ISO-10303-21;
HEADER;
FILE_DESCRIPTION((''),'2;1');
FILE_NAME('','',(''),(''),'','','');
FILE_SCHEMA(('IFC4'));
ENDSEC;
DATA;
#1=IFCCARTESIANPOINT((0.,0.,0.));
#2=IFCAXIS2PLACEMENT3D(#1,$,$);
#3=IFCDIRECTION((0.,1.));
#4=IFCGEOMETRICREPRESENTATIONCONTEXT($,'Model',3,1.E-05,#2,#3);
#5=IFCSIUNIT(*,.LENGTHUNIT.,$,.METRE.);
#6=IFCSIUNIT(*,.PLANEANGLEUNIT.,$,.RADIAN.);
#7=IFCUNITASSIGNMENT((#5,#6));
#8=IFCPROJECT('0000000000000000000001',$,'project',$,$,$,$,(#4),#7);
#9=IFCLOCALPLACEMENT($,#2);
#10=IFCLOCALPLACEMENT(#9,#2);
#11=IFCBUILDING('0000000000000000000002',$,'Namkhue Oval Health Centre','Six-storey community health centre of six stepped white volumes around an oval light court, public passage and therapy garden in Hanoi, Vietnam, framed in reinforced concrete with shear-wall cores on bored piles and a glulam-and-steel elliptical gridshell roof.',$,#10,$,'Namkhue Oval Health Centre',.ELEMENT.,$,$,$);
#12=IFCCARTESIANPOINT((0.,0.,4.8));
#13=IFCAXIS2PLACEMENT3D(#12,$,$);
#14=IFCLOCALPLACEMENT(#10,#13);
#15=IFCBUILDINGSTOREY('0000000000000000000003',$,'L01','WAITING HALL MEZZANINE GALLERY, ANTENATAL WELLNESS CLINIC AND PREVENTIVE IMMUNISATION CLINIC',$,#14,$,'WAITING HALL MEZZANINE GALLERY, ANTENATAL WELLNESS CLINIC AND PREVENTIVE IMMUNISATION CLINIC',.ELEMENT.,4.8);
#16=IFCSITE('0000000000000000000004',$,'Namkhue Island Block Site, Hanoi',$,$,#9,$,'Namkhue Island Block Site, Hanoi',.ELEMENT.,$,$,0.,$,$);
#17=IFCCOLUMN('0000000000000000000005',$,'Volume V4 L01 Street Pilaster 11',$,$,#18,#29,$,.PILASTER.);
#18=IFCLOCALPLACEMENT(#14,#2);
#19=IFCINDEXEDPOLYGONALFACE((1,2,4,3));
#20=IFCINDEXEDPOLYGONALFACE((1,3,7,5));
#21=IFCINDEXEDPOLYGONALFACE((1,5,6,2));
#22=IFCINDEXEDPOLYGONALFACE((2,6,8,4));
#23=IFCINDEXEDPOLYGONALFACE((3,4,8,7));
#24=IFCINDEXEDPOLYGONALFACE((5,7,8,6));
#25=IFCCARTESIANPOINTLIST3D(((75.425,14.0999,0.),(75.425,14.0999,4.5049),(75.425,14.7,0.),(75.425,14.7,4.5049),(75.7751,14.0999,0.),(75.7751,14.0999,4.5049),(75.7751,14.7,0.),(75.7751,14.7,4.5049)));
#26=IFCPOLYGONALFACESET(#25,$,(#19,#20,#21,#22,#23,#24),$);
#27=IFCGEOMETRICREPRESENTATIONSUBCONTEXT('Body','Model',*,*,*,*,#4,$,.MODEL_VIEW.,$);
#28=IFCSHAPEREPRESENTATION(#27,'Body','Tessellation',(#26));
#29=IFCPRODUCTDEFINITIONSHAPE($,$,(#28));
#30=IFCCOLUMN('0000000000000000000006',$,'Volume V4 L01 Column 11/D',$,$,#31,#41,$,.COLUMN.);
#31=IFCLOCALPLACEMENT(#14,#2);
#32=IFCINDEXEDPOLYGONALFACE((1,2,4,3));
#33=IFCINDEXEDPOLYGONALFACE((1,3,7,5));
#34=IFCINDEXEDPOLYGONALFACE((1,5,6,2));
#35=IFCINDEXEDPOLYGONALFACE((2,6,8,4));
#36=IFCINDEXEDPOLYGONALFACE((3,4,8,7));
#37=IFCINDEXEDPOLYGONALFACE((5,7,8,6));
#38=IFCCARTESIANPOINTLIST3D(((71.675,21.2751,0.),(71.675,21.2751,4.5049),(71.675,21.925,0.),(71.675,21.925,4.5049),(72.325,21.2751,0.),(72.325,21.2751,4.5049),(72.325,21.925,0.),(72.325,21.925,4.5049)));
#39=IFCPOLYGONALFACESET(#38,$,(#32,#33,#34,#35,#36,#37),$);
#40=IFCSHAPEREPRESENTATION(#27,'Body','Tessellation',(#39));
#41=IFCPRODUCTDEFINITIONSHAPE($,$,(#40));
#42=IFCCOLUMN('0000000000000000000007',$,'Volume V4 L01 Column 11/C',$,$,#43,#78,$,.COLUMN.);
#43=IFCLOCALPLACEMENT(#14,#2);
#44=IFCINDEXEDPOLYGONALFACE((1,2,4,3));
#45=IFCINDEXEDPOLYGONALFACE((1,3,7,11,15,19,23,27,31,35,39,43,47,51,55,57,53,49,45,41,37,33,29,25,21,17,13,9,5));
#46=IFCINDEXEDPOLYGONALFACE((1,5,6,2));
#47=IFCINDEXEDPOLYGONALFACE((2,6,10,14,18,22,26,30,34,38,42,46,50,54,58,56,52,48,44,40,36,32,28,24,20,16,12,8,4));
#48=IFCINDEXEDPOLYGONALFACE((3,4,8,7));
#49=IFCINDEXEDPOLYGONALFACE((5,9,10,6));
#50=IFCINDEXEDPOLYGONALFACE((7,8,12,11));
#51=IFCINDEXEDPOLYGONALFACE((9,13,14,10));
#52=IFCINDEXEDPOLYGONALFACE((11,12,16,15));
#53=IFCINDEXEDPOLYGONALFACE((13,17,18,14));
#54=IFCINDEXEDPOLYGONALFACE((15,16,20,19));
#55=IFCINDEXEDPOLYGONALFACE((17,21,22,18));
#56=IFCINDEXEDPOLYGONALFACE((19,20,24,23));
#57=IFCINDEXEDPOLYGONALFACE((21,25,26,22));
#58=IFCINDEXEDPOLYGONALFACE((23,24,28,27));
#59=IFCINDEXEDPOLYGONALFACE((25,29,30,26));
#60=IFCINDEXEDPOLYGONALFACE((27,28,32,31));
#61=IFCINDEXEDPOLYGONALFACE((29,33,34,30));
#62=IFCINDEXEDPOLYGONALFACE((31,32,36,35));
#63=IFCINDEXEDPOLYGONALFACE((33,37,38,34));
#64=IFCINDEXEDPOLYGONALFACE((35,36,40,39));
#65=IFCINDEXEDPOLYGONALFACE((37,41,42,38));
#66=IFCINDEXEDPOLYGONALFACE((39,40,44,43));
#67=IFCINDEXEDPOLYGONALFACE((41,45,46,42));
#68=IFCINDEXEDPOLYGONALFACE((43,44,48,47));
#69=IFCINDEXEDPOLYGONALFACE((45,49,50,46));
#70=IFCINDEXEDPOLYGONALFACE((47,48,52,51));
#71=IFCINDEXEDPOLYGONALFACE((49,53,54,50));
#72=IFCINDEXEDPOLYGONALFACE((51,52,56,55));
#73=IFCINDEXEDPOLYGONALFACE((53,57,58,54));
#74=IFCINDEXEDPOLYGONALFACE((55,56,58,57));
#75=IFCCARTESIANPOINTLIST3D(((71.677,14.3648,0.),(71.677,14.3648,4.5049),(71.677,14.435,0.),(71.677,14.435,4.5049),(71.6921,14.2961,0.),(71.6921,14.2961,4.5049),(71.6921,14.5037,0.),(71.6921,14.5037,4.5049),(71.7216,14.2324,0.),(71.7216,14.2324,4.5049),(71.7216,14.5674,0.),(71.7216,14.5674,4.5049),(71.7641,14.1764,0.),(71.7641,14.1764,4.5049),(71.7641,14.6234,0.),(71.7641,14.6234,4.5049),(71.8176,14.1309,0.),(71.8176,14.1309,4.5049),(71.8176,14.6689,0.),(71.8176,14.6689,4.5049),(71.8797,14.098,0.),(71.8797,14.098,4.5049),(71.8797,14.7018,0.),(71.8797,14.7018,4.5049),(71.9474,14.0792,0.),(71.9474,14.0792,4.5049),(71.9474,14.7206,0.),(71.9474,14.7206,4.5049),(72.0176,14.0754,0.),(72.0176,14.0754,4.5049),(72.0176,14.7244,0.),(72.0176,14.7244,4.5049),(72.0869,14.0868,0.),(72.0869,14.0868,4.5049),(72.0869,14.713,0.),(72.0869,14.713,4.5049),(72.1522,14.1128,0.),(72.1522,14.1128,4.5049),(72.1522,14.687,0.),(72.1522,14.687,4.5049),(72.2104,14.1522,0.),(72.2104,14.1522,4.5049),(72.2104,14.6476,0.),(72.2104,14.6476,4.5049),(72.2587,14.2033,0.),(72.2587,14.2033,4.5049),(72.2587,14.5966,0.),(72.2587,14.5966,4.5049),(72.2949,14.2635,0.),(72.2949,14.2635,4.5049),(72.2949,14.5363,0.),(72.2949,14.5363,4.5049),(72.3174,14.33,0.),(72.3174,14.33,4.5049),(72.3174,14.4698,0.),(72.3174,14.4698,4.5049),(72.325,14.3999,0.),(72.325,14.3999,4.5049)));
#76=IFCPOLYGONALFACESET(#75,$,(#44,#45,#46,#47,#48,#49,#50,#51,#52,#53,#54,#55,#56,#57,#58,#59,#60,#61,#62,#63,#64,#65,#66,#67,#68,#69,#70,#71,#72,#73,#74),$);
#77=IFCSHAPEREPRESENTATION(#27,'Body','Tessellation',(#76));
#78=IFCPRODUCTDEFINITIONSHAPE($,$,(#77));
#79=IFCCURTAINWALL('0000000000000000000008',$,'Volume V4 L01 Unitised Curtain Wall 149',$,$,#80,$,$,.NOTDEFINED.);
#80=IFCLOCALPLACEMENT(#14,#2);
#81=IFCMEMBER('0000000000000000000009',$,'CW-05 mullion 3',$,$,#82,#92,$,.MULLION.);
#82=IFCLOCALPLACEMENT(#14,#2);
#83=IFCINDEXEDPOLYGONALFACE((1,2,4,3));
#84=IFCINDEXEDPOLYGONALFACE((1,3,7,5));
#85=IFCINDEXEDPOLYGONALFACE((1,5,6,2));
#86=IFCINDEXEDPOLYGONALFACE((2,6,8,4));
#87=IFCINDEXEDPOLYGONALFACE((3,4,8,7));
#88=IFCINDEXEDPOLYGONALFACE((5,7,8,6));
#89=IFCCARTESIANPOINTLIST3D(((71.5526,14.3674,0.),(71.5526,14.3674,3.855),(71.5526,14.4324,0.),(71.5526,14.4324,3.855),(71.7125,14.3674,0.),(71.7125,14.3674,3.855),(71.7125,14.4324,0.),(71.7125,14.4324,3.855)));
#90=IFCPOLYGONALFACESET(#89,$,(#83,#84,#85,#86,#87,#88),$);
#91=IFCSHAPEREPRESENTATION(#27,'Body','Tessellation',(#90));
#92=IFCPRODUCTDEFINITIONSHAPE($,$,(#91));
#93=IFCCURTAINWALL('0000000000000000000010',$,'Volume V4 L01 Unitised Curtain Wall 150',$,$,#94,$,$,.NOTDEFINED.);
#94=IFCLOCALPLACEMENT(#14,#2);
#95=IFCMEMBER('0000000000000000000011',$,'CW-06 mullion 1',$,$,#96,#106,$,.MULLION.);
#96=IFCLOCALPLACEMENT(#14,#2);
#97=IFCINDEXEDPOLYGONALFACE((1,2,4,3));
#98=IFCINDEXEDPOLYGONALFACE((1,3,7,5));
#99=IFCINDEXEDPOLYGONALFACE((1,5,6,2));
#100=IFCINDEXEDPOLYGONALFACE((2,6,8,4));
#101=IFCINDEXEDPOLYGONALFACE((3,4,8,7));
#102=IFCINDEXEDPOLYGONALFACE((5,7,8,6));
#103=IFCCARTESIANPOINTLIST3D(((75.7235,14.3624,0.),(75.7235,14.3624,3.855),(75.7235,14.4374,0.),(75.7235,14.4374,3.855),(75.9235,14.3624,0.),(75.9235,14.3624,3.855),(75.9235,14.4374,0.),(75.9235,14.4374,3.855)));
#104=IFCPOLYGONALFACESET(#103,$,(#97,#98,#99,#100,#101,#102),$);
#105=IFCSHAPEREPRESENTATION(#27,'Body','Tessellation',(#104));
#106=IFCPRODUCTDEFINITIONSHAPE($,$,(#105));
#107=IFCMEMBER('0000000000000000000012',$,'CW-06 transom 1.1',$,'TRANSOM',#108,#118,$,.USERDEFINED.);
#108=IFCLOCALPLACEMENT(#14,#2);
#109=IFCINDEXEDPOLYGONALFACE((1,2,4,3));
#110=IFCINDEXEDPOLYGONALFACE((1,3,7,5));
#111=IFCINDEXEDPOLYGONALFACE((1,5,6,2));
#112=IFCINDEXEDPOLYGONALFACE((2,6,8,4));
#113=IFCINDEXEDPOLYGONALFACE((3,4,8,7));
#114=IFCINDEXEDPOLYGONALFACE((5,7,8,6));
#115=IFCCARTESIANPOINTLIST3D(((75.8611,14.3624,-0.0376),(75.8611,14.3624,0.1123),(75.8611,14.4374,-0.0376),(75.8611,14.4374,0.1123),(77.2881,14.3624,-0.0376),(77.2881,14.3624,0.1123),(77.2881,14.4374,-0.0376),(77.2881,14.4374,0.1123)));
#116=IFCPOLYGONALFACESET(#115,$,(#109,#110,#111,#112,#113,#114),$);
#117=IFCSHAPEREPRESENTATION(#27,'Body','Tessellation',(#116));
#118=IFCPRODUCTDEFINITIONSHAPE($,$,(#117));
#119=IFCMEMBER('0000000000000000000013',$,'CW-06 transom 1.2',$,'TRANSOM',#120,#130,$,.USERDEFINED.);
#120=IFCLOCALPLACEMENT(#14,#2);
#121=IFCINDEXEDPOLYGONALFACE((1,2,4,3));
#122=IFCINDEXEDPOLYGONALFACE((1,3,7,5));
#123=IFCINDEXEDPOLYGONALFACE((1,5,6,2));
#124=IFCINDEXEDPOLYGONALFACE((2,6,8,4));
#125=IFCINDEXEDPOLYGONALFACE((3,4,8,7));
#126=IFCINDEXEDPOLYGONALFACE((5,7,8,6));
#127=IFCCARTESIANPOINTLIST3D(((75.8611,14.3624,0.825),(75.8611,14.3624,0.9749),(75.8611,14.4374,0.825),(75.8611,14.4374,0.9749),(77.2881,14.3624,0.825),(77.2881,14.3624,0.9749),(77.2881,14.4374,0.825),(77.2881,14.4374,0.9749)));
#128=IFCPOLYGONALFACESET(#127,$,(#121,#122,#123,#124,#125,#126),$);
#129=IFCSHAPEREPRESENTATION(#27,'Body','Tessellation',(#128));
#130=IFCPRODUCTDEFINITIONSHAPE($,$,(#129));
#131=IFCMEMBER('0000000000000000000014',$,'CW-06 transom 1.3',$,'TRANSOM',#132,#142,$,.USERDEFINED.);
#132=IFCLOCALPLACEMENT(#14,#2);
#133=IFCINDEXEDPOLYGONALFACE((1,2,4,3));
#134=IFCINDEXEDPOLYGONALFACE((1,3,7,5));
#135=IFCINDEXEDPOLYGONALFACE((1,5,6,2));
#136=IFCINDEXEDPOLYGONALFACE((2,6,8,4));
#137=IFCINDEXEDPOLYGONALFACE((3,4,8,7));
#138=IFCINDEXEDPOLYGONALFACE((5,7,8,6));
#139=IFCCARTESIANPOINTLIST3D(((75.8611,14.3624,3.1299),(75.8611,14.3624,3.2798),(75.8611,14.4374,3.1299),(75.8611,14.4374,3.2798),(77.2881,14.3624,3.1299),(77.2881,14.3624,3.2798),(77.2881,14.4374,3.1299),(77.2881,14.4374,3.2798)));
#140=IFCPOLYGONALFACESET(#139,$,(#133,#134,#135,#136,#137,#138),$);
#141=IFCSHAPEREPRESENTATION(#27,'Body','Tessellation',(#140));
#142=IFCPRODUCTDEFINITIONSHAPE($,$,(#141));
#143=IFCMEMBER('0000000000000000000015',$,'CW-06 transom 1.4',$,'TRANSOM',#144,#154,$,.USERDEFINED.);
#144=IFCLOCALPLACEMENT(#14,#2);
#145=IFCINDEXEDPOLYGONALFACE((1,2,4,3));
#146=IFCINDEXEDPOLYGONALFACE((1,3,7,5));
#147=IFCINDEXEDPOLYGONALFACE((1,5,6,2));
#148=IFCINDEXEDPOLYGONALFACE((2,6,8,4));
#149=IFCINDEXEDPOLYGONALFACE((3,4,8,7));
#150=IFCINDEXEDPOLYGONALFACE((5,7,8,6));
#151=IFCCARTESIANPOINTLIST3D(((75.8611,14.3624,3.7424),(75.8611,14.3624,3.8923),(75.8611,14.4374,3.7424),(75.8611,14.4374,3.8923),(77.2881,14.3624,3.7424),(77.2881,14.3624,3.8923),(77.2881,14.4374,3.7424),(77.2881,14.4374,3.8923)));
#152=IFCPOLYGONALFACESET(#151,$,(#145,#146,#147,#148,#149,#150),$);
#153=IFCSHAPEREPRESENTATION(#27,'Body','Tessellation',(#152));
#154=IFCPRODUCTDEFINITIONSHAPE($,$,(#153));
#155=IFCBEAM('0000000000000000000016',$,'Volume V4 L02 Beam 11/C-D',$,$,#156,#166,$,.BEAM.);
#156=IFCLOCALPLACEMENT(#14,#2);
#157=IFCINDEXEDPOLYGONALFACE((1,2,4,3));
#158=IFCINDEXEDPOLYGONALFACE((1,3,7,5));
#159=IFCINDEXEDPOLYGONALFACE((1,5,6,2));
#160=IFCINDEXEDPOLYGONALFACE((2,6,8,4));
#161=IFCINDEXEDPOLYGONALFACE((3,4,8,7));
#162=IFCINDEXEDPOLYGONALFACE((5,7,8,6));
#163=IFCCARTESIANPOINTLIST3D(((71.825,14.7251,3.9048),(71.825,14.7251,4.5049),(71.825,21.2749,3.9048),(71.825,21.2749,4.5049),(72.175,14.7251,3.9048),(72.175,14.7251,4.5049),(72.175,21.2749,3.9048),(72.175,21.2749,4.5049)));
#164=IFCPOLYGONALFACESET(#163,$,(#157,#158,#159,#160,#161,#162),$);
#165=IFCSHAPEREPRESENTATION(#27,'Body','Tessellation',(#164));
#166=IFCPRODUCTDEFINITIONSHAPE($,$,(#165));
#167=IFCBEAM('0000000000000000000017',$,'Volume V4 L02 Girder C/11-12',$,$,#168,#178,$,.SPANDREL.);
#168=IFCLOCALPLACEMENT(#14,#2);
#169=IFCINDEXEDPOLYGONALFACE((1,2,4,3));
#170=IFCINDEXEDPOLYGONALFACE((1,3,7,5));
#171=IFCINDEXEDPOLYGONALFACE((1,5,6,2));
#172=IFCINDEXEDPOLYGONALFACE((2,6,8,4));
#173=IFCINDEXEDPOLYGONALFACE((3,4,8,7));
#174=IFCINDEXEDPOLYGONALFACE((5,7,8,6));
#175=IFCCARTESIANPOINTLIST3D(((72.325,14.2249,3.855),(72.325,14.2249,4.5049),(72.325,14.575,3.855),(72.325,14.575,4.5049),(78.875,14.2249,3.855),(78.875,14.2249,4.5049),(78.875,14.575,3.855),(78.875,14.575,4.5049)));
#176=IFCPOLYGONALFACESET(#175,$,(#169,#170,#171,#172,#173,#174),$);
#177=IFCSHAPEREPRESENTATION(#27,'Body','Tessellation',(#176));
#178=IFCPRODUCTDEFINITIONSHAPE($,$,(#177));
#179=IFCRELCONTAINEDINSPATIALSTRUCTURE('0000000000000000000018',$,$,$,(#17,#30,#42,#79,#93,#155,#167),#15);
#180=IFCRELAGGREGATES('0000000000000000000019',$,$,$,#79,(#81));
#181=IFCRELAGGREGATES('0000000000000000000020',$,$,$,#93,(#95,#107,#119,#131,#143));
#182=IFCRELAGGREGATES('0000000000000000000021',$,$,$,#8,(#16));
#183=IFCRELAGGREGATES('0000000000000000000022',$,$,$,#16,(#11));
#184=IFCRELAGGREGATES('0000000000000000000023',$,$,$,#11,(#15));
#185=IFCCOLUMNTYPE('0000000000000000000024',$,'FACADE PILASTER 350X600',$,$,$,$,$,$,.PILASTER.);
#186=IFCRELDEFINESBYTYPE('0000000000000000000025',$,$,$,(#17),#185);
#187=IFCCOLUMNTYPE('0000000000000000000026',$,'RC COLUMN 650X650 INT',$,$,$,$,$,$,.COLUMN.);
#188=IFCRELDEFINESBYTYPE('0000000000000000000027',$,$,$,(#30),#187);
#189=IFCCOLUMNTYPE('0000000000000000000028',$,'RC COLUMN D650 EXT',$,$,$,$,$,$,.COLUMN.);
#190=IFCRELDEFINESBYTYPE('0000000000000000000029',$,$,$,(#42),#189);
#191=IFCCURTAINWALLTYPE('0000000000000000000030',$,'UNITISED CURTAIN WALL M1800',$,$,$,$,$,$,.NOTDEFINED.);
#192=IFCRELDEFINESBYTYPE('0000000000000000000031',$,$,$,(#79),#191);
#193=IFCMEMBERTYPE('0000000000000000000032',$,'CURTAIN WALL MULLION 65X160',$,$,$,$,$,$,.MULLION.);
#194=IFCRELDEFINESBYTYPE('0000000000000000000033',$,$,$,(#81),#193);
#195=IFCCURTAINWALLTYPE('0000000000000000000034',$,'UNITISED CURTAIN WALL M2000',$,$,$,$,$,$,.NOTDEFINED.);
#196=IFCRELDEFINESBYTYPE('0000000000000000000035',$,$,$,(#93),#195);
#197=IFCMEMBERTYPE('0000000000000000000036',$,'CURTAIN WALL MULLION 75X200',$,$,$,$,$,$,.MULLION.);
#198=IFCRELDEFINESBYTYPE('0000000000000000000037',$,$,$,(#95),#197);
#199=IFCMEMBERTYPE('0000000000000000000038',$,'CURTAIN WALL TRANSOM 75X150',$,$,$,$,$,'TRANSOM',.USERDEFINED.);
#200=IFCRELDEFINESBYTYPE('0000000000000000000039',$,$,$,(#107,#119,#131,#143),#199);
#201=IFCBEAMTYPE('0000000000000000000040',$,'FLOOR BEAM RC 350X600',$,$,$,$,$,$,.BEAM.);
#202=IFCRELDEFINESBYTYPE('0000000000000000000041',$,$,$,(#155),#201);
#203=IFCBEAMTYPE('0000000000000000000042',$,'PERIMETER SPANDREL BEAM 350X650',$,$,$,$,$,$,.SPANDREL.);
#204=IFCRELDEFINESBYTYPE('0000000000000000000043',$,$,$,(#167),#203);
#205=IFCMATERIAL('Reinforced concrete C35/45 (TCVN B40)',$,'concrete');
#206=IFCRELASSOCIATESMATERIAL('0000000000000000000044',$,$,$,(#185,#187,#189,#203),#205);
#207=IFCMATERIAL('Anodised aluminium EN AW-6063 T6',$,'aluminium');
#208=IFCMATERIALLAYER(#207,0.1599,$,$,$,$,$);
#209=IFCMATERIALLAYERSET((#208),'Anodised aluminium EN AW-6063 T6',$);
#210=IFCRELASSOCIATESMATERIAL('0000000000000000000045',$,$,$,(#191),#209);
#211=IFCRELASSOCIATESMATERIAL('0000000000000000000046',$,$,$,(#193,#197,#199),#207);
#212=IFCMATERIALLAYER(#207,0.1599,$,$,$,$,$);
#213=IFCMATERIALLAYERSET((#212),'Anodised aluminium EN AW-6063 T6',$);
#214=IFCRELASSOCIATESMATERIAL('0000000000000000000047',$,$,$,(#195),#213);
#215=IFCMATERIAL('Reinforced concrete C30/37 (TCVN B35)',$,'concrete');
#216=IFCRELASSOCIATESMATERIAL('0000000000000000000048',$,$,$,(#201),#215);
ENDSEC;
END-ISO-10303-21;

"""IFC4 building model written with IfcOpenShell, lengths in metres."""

from ifc_helpers import new_model, si_unit, direction, frame, origin, origin_2d, place, context, subcontext, project, spatial, rectangle, circle, extrude, material, layer, layer_set, material_profile, profile_set, type_object, element, aggregate, save


model = new_model("IFC4")

# Units and contexts
model_context = context("Model", 3, precision=1e-05, world=origin(), true_north=direction((0.0, 1.0)))
body_context = subcontext(model_context, "Body", "Model", "MODEL_VIEW")
ifc_project = project(units=[si_unit("LENGTHUNIT", "METRE"), si_unit("PLANEANGLEUNIT", "RADIAN")], contexts=[model_context])

# Site, building, storey
site_placement = place(None, origin())
site = spatial("IfcSite", under=ifc_project, at=site_placement, Name="Namkhue Island Block Site, Hanoi", LongName="Namkhue Island Block Site, Hanoi", CompositionType="ELEMENT", RefElevation=0.0)
building_placement = place(site_placement, origin())
building = spatial("IfcBuilding", under=site, at=building_placement, Name="Namkhue Oval Health Centre", Description="Six-storey community health centre of six stepped white volumes around an oval light court, public passage and therapy garden in Hanoi, Vietnam, framed in reinforced concrete with shear-wall cores on bored piles and a glulam-and-steel elliptical gridshell roof.", LongName="Namkhue Oval Health Centre", CompositionType="ELEMENT")
storey_placement = place(building_placement, frame((0.0, 0.0, 4.8)))
storey = spatial("IfcBuildingStorey", under=building, at=storey_placement, Name="L01", Description="WAITING HALL MEZZANINE GALLERY, ANTENATAL WELLNESS CLINIC AND PREVENTIVE IMMUNISATION CLINIC", LongName="WAITING HALL MEZZANINE GALLERY, ANTENATAL WELLNESS CLINIC AND PREVENTIVE IMMUNISATION CLINIC", CompositionType="ELEMENT", Elevation=4.8)

# Columns
ifc_material_1 = material(Name="Reinforced concrete C35/45 (TCVN B40)", Category="concrete")
ifc_material_profile_1 = material_profile(ifc_material_1, rectangle(XDim=0.3501, YDim=0.6001, at=origin_2d()), Name="RC 350x600")
ifc_profile_set_1 = profile_set([ifc_material_profile_1], Name="Reinforced concrete C35/45 (TCVN B40)")
column_type_1 = type_object("IfcColumnType", Name="FACADE PILASTER 350X600", PredefinedType="PILASTER", material=ifc_profile_set_1)
column_1_placement = place(storey_placement, frame((75.6001, 14.3999, 0.0), z_axis=(0.0, 0.0, 1.0), x_axis=(1.0, 0.0, 0.0)))
element("IfcColumn", 1, at=column_1_placement, inside=storey, type_object=column_type_1, Name="Volume V4 L01 Street Pilaster 11", PredefinedType="PILASTER", context=body_context, shape_type="SweptSolid", body=[
    extrude(rectangle(XDim=0.3501, YDim=0.6001, at=origin_2d()), origin(), (0.0, 0.0, 1.0), 4.5049),
])
ifc_material_profile_2 = material_profile(ifc_material_1, rectangle(XDim=0.6499, YDim=0.6499, at=origin_2d()), Name="RC 650x650")
ifc_profile_set_2 = profile_set([ifc_material_profile_2], Name="Reinforced concrete C35/45 (TCVN B40)")
column_type_2 = type_object("IfcColumnType", Name="RC COLUMN 650X650 INT", PredefinedType="COLUMN", material=ifc_profile_set_2)
column_2_placement = place(storey_placement, frame((72.0, 21.6001, 0.0), z_axis=(0.0, 0.0, 1.0), x_axis=(1.0, 0.0, 0.0)))
element("IfcColumn", 2, at=column_2_placement, inside=storey, type_object=column_type_2, Name="Volume V4 L01 Column 11/D", PredefinedType="COLUMN", context=body_context, shape_type="SweptSolid", body=[
    extrude(rectangle(XDim=0.6499, YDim=0.6499, at=origin_2d()), origin(), (0.0, 0.0, 1.0), 4.5049),
])
ifc_material_profile_3 = material_profile(ifc_material_1, circle(Radius=0.325, at=origin_2d()), Name="RC D650")
ifc_profile_set_3 = profile_set([ifc_material_profile_3], Name="Reinforced concrete C35/45 (TCVN B40)")
column_type_3 = type_object("IfcColumnType", Name="RC COLUMN D650 EXT", PredefinedType="COLUMN", material=ifc_profile_set_3)
column_3_placement = place(storey_placement, frame((72.0, 14.3999, 0.0), z_axis=(0.0, 0.0, 1.0), x_axis=(1.0, 0.0, 0.0)))
element("IfcColumn", 3, at=column_3_placement, inside=storey, type_object=column_type_3, Name="Volume V4 L01 Column 11/C", PredefinedType="COLUMN", context=body_context, shape_type="SweptSolid", body=[
    extrude(circle(Radius=0.325, at=origin_2d()), origin(), (0.0, 0.0, 1.0), 4.5049),
])

# Curtain wall, member
ifc_material_2 = material(Name="Anodised aluminium EN AW-6063 T6", Category="aluminium")
ifc_layer_1 = layer(ifc_material_2, 0.1599)
ifc_layer_set_1 = layer_set([ifc_layer_1], Name="Anodised aluminium EN AW-6063 T6")
curtain_wall_type_1 = type_object("IfcCurtainWallType", Name="UNITISED CURTAIN WALL M1800", PredefinedType="NOTDEFINED", material=ifc_layer_set_1)
curtain_wall_1_placement = place(storey_placement, origin())
curtain_wall_1 = element("IfcCurtainWall", 4, at=curtain_wall_1_placement, inside=storey, type_object=curtain_wall_type_1, Name="Volume V4 L01 Unitised Curtain Wall 149", PredefinedType="NOTDEFINED")
ifc_material_profile_4 = material_profile(ifc_material_2, rectangle(XDim=0.0649, YDim=0.1599, at=origin_2d()), Name="ALU 65x160")
ifc_profile_set_4 = profile_set([ifc_material_profile_4], Name="Anodised aluminium EN AW-6063 T6")
member_type_1 = type_object("IfcMemberType", Name="CURTAIN WALL MULLION 65X160", PredefinedType="MULLION", material=ifc_profile_set_4)
member_1_placement = place(storey_placement, frame((71.6326, 14.3999, 0.0), z_axis=(0.0, 0.0, 1.0), x_axis=(0.0, 1.0, 0.0)))
member_1 = element("IfcMember", 5, at=member_1_placement, type_object=member_type_1, Name="CW-05 mullion 3", PredefinedType="MULLION", context=body_context, shape_type="SweptSolid", body=[
    extrude(rectangle(XDim=0.0649, YDim=0.1599, at=origin_2d()), origin(), (0.0, 0.0, 1.0), 3.855),
])

# Curtain wall, members
ifc_layer_2 = layer(ifc_material_2, 0.1599)
ifc_layer_set_2 = layer_set([ifc_layer_2], Name="Anodised aluminium EN AW-6063 T6")
curtain_wall_type_2 = type_object("IfcCurtainWallType", Name="UNITISED CURTAIN WALL M2000", PredefinedType="NOTDEFINED", material=ifc_layer_set_2)
curtain_wall_2_placement = place(storey_placement, origin())
curtain_wall_2 = element("IfcCurtainWall", 6, at=curtain_wall_2_placement, inside=storey, type_object=curtain_wall_type_2, Name="Volume V4 L01 Unitised Curtain Wall 150", PredefinedType="NOTDEFINED")
ifc_material_profile_5 = material_profile(ifc_material_2, rectangle(XDim=0.075, YDim=0.2, at=origin_2d()), Name="ALU 75x200")
ifc_profile_set_5 = profile_set([ifc_material_profile_5], Name="Anodised aluminium EN AW-6063 T6")
member_type_2 = type_object("IfcMemberType", Name="CURTAIN WALL MULLION 75X200", PredefinedType="MULLION", material=ifc_profile_set_5)
member_2_placement = place(storey_placement, frame((75.8235, 14.3999, 0.0), z_axis=(0.0, 0.0, 1.0), x_axis=(0.0, 1.0, 0.0)))
member_2 = element("IfcMember", 7, at=member_2_placement, type_object=member_type_2, Name="CW-06 mullion 1", PredefinedType="MULLION", context=body_context, shape_type="SweptSolid", body=[
    extrude(rectangle(XDim=0.075, YDim=0.2, at=origin_2d()), origin(), (0.0, 0.0, 1.0), 3.855),
])
ifc_material_profile_6 = material_profile(ifc_material_2, rectangle(XDim=0.075, YDim=0.1499, at=origin_2d()), Name="ALU 75x150")
ifc_profile_set_6 = profile_set([ifc_material_profile_6], Name="Anodised aluminium EN AW-6063 T6")
member_type_3 = type_object("IfcMemberType", Name="CURTAIN WALL TRANSOM 75X150", ElementType="TRANSOM", PredefinedType="USERDEFINED", material=ifc_profile_set_6)
member_3_placement = place(storey_placement, frame((75.8611, 14.3999, 0.0374), z_axis=(1.0, 0.0, 0.0), x_axis=(0.0, 1.0, 0.0)))
member_3 = element("IfcMember", 8, at=member_3_placement, type_object=member_type_3, Name="CW-06 transom 1.1", ObjectType="TRANSOM", PredefinedType="USERDEFINED", context=body_context, shape_type="SweptSolid", body=[
    extrude(rectangle(XDim=0.075, YDim=0.1499, at=origin_2d()), origin(), (0.0, 0.0, 1.0), 1.427),
])
member_4_placement = place(storey_placement, frame((75.8611, 14.3999, 0.8999), z_axis=(1.0, 0.0, 0.0), x_axis=(0.0, 1.0, 0.0)))
member_4 = element("IfcMember", 9, at=member_4_placement, type_object=member_type_3, Name="CW-06 transom 1.2", ObjectType="TRANSOM", PredefinedType="USERDEFINED", context=body_context, shape_type="SweptSolid", body=[
    extrude(rectangle(XDim=0.075, YDim=0.1499, at=origin_2d()), origin(), (0.0, 0.0, 1.0), 1.427),
])
member_5_placement = place(storey_placement, frame((75.8611, 14.3999, 3.2048), z_axis=(1.0, 0.0, 0.0), x_axis=(0.0, 1.0, 0.0)))
member_5 = element("IfcMember", 10, at=member_5_placement, type_object=member_type_3, Name="CW-06 transom 1.3", ObjectType="TRANSOM", PredefinedType="USERDEFINED", context=body_context, shape_type="SweptSolid", body=[
    extrude(rectangle(XDim=0.075, YDim=0.1499, at=origin_2d()), origin(), (0.0, 0.0, 1.0), 1.427),
])
member_6_placement = place(storey_placement, frame((75.8611, 14.3999, 3.8174), z_axis=(1.0, 0.0, 0.0), x_axis=(0.0, 1.0, 0.0)))
member_6 = element("IfcMember", 11, at=member_6_placement, type_object=member_type_3, Name="CW-06 transom 1.4", ObjectType="TRANSOM", PredefinedType="USERDEFINED", context=body_context, shape_type="SweptSolid", body=[
    extrude(rectangle(XDim=0.075, YDim=0.1499, at=origin_2d()), origin(), (0.0, 0.0, 1.0), 1.427),
])

# Beams
ifc_material_3 = material(Name="Reinforced concrete C30/37 (TCVN B35)", Category="concrete")
ifc_material_profile_7 = material_profile(ifc_material_3, rectangle(XDim=0.3501, YDim=0.6001, at=origin_2d()), Name="RC 350x600")
ifc_profile_set_7 = profile_set([ifc_material_profile_7], Name="Reinforced concrete C30/37 (TCVN B35)")
beam_type_1 = type_object("IfcBeamType", Name="FLOOR BEAM RC 350X600", PredefinedType="BEAM", material=ifc_profile_set_7)
beam_1_placement = place(storey_placement, frame((72.0, 14.7251, 4.2048), z_axis=(0.0, 1.0, 0.0), x_axis=(-1.0, 0.0, 0.0)))
element("IfcBeam", 12, at=beam_1_placement, inside=storey, type_object=beam_type_1, Name="Volume V4 L02 Beam 11/C-D", PredefinedType="BEAM", context=body_context, shape_type="SweptSolid", body=[
    extrude(rectangle(XDim=0.3501, YDim=0.6001, at=origin_2d()), origin(), (0.0, 0.0, 1.0), 6.5498),
])
ifc_material_profile_8 = material_profile(ifc_material_1, rectangle(XDim=0.3501, YDim=0.6499, at=origin_2d()), Name="RC 350x650")
ifc_profile_set_8 = profile_set([ifc_material_profile_8], Name="Reinforced concrete C35/45 (TCVN B40)")
beam_type_2 = type_object("IfcBeamType", Name="PERIMETER SPANDREL BEAM 350X650", PredefinedType="SPANDREL", material=ifc_profile_set_8)
beam_2_placement = place(storey_placement, frame((72.325, 14.3999, 4.1799), z_axis=(1.0, 0.0, 0.0), x_axis=(0.0, 1.0, 0.0)))
element("IfcBeam", 13, at=beam_2_placement, inside=storey, type_object=beam_type_2, Name="Volume V4 L02 Girder C/11-12", PredefinedType="SPANDREL", context=body_context, shape_type="SweptSolid", body=[
    extrude(rectangle(XDim=0.3501, YDim=0.6499, at=origin_2d()), origin(), (0.0, 0.0, 1.0), 6.55),
])

aggregate(curtain_wall_1, [member_1])
aggregate(curtain_wall_2, [member_2, member_3, member_4, member_5, member_6])

save(model, "model.ifc")
